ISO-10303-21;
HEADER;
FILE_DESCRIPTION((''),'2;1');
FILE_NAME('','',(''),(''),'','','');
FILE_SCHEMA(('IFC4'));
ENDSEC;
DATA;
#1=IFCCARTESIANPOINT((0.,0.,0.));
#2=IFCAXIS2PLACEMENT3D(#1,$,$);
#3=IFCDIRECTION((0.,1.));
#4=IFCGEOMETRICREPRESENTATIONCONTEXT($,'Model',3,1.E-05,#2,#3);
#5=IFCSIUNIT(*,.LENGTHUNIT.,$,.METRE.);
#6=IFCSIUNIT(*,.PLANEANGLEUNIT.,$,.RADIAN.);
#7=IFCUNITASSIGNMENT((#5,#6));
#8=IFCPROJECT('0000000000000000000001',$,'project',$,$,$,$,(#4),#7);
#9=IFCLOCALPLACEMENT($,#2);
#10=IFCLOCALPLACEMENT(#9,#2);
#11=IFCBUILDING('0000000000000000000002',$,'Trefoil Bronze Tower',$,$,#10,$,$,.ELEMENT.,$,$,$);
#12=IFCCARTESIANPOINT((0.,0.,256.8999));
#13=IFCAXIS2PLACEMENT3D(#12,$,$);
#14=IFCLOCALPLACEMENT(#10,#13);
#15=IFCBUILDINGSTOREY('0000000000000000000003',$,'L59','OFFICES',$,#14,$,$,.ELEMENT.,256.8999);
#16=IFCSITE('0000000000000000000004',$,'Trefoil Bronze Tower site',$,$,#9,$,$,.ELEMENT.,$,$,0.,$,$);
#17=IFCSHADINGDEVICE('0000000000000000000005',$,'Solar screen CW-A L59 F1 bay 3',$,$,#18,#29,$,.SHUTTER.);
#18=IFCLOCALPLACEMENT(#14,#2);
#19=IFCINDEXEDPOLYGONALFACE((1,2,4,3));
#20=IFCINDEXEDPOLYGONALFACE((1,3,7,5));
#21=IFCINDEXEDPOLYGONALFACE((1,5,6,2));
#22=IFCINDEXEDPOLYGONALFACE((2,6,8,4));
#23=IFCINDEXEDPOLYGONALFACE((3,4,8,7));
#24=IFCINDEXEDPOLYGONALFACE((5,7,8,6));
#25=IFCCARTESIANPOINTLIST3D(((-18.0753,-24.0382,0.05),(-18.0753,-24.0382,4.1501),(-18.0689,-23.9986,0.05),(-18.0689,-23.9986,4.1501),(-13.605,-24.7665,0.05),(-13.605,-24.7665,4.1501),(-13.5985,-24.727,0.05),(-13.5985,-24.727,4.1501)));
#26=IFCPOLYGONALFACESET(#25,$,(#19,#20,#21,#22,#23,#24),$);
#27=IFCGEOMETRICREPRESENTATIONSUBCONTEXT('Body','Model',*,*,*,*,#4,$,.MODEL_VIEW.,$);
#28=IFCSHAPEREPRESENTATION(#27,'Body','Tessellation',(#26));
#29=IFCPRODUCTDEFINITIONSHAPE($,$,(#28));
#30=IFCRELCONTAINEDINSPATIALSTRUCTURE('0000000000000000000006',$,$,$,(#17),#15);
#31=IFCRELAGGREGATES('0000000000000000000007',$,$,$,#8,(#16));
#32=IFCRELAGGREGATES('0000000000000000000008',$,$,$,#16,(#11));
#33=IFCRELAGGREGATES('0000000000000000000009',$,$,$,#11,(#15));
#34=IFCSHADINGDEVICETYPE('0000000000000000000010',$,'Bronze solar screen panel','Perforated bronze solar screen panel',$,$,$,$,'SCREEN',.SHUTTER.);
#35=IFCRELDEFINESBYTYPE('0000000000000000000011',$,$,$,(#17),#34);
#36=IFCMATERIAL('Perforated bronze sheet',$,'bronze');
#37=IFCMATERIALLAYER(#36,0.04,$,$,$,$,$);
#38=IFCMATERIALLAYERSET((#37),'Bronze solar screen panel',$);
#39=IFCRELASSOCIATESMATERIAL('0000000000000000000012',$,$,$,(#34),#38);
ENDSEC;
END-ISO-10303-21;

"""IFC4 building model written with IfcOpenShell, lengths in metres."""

from ifc_helpers import new_model, si_unit, direction, frame, origin, origin_2d, place, context, subcontext, project, spatial, rectangle, extrude, material, layer, layer_set, type_object, element, save


model = new_model("IFC4")

# Units and contexts
model_context = context("Model", 3, precision=1e-05, world=origin(), true_north=direction((0.0, 1.0)))
body_context = subcontext(model_context, "Body", "Model", "MODEL_VIEW")
ifc_project = project(units=[si_unit("LENGTHUNIT", "METRE"), si_unit("PLANEANGLEUNIT", "RADIAN")], contexts=[model_context])

# Site, building, storey
site_placement = place(None, origin())
site = spatial("IfcSite", under=ifc_project, at=site_placement, Name="Trefoil Bronze Tower site", CompositionType="ELEMENT", RefElevation=0.0)
building_placement = place(site_placement, origin())
building = spatial("IfcBuilding", under=site, at=building_placement, Name="Trefoil Bronze Tower", CompositionType="ELEMENT")
storey_placement = place(building_placement, frame((0.0, 0.0, 256.8999)))
storey = spatial("IfcBuildingStorey", under=building, at=storey_placement, Name="L59", Description="OFFICES", CompositionType="ELEMENT", Elevation=256.8999)

# Shading device
ifc_material_1 = material(Name="Perforated bronze sheet", Category="bronze")
ifc_layer_1 = layer(ifc_material_1, 0.04)
ifc_layer_set_1 = layer_set([ifc_layer_1], Name="Bronze solar screen panel")
shading_device_type = type_object("IfcShadingDeviceType", Name="Bronze solar screen panel", Description="Perforated bronze solar screen panel", ElementType="SCREEN", PredefinedType="SHUTTER", material=ifc_layer_set_1)
shading_device_1_placement = place(storey_placement, frame((-15.8369, -24.3826, 0.05), z_axis=(0.0, 0.0, 1.0), x_axis=(0.986987, -0.160803, 0.0)))
element("IfcShadingDevice", 1, at=shading_device_1_placement, inside=storey, type_object=shading_device_type, Name="Solar screen CW-A L59 F1 bay 3", PredefinedType="SHUTTER", context=body_context, shape_type="SweptSolid", body=[
    extrude(rectangle(XDim=4.5293, YDim=0.04, at=origin_2d()), origin(), (0.0, 0.0, 1.0), 4.1001),
])

save(model, "model.ifc")
